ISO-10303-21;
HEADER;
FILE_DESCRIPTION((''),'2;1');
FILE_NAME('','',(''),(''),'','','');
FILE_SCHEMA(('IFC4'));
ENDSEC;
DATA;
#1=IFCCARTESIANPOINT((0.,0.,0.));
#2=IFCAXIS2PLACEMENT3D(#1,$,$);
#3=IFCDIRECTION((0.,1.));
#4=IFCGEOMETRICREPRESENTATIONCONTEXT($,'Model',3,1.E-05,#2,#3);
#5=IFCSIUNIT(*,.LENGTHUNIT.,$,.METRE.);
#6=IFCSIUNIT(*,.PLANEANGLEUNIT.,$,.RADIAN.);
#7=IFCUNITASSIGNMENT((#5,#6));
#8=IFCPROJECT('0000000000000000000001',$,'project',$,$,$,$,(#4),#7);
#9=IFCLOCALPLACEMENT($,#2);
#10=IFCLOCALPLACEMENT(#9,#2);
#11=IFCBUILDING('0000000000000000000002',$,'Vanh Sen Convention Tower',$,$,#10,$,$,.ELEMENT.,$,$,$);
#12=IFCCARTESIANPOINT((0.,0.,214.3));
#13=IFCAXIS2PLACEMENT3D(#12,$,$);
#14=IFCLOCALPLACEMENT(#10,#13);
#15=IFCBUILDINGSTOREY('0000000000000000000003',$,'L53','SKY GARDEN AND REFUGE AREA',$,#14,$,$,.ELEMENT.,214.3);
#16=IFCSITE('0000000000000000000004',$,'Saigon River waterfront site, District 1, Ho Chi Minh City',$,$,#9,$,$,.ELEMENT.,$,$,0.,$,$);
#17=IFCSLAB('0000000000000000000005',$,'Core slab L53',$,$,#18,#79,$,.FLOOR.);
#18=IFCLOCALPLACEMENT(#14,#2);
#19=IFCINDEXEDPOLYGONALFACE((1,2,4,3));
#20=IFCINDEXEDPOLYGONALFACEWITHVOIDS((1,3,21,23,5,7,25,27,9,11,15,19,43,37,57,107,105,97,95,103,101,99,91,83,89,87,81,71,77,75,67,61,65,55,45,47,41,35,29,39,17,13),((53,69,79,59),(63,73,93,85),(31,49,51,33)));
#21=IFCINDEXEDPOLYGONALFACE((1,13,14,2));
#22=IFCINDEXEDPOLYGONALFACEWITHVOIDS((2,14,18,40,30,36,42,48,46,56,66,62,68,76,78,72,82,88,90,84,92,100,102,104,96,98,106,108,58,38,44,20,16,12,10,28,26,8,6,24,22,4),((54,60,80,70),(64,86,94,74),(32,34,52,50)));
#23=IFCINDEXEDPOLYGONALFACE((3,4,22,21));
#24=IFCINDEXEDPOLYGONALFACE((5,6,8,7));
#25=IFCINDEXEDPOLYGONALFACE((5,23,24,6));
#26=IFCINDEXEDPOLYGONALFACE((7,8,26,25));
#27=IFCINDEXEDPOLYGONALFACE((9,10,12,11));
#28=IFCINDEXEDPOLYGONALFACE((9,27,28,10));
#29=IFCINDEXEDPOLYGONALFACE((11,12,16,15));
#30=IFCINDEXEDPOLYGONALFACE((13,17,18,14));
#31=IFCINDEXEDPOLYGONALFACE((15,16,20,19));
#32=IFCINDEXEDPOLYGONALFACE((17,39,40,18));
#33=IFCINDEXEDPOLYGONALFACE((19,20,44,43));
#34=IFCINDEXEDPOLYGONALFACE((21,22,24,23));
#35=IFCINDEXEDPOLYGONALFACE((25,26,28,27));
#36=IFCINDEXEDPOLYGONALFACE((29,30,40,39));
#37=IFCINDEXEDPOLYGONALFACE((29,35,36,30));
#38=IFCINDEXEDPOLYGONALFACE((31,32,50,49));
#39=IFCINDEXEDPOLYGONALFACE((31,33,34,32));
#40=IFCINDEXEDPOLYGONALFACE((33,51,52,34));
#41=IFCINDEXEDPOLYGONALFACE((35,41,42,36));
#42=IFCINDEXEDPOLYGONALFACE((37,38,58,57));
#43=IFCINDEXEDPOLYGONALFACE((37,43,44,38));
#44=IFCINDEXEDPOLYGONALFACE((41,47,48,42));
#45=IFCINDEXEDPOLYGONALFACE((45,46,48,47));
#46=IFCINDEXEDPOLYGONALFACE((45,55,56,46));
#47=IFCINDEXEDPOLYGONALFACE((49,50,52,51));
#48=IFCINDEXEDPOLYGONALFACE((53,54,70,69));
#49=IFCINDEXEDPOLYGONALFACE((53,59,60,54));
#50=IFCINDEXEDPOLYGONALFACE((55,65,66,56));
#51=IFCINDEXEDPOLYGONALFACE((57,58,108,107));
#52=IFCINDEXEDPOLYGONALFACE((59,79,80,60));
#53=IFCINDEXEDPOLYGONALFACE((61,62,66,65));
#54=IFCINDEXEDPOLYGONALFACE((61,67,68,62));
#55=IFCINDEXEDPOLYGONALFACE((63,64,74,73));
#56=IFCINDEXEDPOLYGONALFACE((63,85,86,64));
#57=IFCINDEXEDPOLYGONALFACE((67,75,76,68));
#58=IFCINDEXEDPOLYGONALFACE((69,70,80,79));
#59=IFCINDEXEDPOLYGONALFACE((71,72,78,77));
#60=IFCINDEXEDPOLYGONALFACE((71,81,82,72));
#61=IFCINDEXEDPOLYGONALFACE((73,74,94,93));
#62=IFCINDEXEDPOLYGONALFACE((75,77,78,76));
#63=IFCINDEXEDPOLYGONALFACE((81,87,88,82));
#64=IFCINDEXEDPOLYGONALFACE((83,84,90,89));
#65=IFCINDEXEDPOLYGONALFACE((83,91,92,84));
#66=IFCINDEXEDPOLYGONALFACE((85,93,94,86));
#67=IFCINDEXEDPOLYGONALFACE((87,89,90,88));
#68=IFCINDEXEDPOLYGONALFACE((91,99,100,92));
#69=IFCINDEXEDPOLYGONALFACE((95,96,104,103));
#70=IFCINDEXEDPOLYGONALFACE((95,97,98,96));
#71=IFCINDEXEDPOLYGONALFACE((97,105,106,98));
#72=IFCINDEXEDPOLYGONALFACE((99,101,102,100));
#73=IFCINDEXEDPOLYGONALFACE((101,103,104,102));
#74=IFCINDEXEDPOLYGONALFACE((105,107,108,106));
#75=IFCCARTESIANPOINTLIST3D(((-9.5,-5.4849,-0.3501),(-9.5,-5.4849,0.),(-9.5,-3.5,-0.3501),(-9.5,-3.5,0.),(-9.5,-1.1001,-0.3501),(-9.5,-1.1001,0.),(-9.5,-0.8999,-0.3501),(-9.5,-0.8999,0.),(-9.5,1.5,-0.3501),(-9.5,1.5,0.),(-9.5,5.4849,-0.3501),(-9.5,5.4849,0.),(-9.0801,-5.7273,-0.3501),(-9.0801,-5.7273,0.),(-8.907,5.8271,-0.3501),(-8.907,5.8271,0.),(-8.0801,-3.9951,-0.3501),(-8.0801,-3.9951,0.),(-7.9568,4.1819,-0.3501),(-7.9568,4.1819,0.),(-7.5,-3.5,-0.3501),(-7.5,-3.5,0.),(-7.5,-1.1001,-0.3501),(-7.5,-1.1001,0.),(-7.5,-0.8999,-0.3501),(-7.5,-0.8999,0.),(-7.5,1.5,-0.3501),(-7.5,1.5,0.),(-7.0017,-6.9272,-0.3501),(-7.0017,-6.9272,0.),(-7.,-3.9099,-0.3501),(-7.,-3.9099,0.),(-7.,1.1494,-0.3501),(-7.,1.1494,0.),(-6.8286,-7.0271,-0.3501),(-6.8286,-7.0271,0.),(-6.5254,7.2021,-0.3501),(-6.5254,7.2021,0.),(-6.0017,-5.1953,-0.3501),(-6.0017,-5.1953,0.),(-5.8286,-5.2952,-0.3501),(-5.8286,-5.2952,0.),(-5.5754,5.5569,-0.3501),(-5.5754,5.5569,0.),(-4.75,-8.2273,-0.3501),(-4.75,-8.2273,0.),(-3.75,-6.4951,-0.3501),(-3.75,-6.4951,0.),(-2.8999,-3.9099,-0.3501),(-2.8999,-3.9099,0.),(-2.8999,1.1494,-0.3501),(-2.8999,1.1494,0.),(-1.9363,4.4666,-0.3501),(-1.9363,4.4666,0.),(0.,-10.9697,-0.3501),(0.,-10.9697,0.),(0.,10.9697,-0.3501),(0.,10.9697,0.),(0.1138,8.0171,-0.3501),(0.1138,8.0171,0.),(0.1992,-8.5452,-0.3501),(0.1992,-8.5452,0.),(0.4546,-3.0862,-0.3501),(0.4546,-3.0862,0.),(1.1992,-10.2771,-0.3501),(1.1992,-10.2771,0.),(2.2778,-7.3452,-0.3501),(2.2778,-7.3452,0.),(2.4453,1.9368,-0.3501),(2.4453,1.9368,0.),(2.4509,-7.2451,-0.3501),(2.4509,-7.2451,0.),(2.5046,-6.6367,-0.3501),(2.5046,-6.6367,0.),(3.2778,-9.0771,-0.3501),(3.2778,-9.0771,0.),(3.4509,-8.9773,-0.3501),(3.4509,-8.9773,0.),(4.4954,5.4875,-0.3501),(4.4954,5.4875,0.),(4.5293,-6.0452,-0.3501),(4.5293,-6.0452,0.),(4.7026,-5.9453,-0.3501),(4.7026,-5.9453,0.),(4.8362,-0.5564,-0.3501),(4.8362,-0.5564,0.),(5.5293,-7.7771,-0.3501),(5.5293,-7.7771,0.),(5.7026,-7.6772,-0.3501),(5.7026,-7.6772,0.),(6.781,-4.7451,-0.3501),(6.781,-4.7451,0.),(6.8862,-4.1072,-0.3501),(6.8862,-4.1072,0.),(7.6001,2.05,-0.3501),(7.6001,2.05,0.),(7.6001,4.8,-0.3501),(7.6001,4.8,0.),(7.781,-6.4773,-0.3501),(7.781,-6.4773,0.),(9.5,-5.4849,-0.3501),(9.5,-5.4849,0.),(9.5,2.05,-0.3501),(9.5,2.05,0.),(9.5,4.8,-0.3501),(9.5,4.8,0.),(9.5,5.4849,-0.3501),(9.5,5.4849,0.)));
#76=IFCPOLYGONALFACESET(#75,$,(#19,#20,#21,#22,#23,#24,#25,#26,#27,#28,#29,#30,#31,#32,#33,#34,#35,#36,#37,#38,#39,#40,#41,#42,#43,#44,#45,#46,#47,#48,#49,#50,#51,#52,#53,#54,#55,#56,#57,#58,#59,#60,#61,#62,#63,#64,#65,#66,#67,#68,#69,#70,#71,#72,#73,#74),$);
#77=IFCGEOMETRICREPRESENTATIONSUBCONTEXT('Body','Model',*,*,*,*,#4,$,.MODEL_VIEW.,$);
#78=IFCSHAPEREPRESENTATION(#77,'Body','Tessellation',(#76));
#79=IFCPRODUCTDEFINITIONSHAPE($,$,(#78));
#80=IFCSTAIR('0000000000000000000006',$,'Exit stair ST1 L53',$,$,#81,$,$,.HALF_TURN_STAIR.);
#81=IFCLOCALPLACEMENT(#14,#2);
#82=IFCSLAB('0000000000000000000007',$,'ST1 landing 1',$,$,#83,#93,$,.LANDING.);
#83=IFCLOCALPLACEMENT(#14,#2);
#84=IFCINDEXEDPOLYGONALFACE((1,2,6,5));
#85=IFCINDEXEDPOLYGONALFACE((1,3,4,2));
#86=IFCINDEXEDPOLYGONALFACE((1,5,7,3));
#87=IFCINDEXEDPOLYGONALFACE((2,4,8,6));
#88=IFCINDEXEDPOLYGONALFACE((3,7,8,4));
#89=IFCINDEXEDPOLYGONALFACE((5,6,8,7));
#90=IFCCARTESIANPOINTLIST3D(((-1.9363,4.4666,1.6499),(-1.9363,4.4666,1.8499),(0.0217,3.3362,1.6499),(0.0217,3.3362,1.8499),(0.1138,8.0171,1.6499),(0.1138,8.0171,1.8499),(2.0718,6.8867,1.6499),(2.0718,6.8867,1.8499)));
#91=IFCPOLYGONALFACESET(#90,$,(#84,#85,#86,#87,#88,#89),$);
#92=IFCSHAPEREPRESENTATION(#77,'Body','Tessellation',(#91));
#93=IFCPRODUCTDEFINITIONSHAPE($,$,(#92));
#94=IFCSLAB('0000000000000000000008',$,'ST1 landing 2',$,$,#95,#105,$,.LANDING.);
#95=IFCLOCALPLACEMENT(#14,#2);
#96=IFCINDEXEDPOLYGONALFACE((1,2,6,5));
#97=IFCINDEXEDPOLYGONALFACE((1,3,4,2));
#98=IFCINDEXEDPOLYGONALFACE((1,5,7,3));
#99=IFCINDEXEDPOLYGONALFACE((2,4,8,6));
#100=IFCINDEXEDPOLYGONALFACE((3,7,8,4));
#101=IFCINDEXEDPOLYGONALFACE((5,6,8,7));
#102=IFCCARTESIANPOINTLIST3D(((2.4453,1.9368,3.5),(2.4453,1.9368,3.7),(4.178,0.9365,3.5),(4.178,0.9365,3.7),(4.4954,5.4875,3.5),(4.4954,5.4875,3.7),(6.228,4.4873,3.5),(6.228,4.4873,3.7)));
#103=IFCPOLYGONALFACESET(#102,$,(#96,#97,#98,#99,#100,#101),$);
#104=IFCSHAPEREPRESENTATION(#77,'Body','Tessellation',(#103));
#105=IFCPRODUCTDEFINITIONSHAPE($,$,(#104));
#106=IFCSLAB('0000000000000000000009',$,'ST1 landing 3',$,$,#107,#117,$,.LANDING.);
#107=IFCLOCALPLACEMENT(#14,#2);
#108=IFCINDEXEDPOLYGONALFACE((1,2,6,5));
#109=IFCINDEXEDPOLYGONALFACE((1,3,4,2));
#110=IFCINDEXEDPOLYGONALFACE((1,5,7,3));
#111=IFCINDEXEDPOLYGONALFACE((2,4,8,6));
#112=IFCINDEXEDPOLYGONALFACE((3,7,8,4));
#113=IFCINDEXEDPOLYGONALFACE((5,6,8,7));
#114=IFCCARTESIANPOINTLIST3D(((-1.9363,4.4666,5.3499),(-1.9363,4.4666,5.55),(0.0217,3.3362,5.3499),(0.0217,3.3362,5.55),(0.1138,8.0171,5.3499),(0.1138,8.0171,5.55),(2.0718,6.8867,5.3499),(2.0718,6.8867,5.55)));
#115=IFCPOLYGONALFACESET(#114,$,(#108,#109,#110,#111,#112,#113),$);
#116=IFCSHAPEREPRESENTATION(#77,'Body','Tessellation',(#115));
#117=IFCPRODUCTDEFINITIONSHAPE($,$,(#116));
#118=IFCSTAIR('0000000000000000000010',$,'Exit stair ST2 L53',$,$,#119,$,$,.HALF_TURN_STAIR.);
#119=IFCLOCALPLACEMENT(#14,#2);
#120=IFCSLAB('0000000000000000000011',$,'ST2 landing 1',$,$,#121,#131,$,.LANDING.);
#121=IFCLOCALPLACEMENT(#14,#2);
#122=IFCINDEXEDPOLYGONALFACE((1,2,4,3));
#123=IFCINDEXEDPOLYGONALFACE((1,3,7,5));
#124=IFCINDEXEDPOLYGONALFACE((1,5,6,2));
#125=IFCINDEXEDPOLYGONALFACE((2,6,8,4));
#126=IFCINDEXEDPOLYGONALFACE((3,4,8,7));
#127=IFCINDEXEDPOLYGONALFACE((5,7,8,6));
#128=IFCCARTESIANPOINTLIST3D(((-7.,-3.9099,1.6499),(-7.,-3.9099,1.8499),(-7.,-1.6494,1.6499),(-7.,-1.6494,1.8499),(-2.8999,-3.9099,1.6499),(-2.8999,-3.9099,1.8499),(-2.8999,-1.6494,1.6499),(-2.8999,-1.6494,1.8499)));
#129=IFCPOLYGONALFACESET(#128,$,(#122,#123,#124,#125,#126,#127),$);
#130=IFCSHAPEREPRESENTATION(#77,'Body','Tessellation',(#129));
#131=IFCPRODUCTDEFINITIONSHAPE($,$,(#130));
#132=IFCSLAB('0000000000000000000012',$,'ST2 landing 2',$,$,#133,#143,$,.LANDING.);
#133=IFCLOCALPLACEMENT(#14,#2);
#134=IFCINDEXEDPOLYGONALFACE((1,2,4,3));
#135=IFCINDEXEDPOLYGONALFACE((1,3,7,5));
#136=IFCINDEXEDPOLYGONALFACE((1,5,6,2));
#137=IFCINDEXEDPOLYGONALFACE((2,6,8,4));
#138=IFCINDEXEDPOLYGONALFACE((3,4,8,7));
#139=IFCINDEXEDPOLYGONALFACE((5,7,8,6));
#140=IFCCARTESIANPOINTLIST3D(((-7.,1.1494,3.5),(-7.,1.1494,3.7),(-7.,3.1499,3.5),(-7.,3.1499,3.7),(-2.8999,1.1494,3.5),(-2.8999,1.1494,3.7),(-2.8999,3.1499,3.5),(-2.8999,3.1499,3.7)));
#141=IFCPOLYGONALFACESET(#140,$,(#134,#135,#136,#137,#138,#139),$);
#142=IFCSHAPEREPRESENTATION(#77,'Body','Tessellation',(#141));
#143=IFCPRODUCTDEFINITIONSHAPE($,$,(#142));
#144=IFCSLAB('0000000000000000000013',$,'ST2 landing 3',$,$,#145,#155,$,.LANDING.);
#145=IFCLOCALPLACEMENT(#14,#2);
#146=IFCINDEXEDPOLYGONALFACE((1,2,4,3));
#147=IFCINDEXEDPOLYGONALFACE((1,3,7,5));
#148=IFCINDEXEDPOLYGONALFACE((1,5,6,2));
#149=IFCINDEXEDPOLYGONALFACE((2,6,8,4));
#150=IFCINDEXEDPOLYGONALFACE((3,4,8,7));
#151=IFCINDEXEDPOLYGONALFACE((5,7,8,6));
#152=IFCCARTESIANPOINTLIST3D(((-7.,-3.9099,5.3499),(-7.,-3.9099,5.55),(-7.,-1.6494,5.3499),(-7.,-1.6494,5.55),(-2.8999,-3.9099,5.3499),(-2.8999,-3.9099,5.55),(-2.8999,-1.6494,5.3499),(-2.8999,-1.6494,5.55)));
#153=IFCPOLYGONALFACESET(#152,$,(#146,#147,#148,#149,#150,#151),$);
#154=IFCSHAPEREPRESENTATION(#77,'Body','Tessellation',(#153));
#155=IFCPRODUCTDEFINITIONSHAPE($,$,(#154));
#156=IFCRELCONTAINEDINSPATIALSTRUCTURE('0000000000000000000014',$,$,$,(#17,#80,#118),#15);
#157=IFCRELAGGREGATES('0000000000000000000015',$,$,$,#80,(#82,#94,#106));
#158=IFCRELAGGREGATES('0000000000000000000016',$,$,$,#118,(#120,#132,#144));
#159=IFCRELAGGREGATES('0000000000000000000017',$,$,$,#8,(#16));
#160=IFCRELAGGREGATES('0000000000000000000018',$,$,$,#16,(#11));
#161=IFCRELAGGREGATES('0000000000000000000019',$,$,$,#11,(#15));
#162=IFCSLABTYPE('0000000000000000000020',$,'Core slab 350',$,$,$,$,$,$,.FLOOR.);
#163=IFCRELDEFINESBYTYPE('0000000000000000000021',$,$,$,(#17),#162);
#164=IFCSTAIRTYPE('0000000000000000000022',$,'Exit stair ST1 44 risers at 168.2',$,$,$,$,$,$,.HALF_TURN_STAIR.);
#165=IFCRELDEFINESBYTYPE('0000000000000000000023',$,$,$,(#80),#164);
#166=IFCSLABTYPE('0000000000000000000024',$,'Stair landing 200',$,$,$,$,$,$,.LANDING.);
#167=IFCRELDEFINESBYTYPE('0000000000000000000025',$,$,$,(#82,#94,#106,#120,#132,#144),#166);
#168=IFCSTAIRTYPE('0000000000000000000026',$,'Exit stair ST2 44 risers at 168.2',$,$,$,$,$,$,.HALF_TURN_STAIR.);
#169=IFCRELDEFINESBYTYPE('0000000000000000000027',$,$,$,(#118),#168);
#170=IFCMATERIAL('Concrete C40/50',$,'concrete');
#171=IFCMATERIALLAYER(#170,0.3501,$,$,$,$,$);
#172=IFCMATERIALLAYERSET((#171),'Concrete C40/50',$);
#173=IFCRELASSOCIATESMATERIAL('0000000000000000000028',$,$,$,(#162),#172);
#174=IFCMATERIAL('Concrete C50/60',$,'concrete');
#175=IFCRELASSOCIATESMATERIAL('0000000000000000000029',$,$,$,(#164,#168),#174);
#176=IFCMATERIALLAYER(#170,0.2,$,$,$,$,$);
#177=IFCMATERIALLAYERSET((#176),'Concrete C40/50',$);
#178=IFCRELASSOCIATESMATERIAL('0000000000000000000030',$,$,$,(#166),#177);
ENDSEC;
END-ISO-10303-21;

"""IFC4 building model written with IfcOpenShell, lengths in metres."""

from ifc_helpers import new_model, si_unit, direction, frame, origin, place, context, subcontext, project, spatial, polyline, outline, extrude, material, layer, layer_set, type_object, element, aggregate, save


model = new_model("IFC4")

# Units and contexts
model_context = context("Model", 3, precision=1e-05, world=origin(), true_north=direction((0.0, 1.0)))
body_context = subcontext(model_context, "Body", "Model", "MODEL_VIEW")
ifc_project = project(units=[si_unit("LENGTHUNIT", "METRE"), si_unit("PLANEANGLEUNIT", "RADIAN")], contexts=[model_context])

# Site, building, storey
site_placement = place(None, origin())
site = spatial("IfcSite", under=ifc_project, at=site_placement, Name="Saigon River waterfront site, District 1, Ho Chi Minh City", CompositionType="ELEMENT", RefElevation=0.0)
building_placement = place(site_placement, origin())
building = spatial("IfcBuilding", under=site, at=building_placement, Name="Vanh Sen Convention Tower", CompositionType="ELEMENT")
storey_placement = place(building_placement, frame((0.0, 0.0, 214.3)))
storey = spatial("IfcBuildingStorey", under=building, at=storey_placement, Name="L53", Description="SKY GARDEN AND REFUGE AREA", CompositionType="ELEMENT", Elevation=214.3)

# Slab
ifc_material_1 = material(Name="Concrete C40/50", Category="concrete")
ifc_layer_1 = layer(ifc_material_1, 0.3501)
ifc_layer_set_1 = layer_set([ifc_layer_1], Name="Concrete C40/50")
slab_type_1 = type_object("IfcSlabType", Name="Core slab 350", PredefinedType="FLOOR", material=ifc_layer_set_1)
slab_1_placement = place(storey_placement, frame((0.0, 0.0, -0.3501)))
element("IfcSlab", 1, at=slab_1_placement, inside=storey, type_object=slab_type_1, Name="Core slab L53", PredefinedType="FLOOR", context=body_context, shape_type="SweptSolid", body=[
    extrude(outline(polyline([(0.0, 10.9697), (9.5, 5.4849), (9.5, 4.8), (7.6001, 4.8), (7.6001, 2.05), (9.5, 2.05), (9.5, -5.4849), (7.781, -6.4773), (6.781, -4.7451), (4.7026, -5.9453), (5.7026, -7.6772), (5.5293, -7.7771), (4.5293, -6.0452), (2.4509, -7.2451), (3.4509, -8.9773), (3.2778, -9.0771), (2.2778, -7.3452), (0.1992, -8.5452), (1.1992, -10.2771), (0.0, -10.9697), (-4.75, -8.2273), (-3.75, -6.4951), (-5.8286, -5.2952), (-6.8286, -7.0271), (-7.0017, -6.9272), (-6.0017, -5.1953), (-8.0801, -3.9951), (-9.0801, -5.7273), (-9.5, -5.4849), (-9.5, -3.5), (-7.5, -3.5), (-7.5, -1.1001), (-9.5, -1.1001), (-9.5, -0.8999), (-7.5, -0.8999), (-7.5, 1.5), (-9.5, 1.5), (-9.5, 5.4849), (-8.907, 5.8271), (-7.9568, 4.1819), (-5.5754, 5.5569), (-6.5254, 7.2021), (0.0, 10.9697)]), holes=[polyline([(-7.0, 1.1494), (-7.0, -3.9099), (-2.8999, -3.9099), (-2.8999, 1.1494), (-7.0, 1.1494)]), polyline([(2.5046, -6.6367), (6.8862, -4.1072), (4.8362, -0.5564), (0.4546, -3.0862), (2.5046, -6.6367)]), polyline([(0.1138, 8.0171), (-1.9363, 4.4666), (2.4453, 1.9368), (4.4954, 5.4875), (0.1138, 8.0171)])]), origin(), (0.0, 0.0, 1.0), 0.3501),
])

# Stairs, slabs
ifc_material_2 = material(Name="Concrete C50/60", Category="concrete")
stair_type_1 = type_object("IfcStairType", Name="Exit stair ST1 44 risers at 168.2", PredefinedType="HALF_TURN_STAIR", material=ifc_material_2)
stair_1_placement = place(storey_placement, origin())
stair_1 = element("IfcStair", 2, at=stair_1_placement, inside=storey, type_object=stair_type_1, Name="Exit stair ST1 L53", PredefinedType="HALF_TURN_STAIR")
ifc_layer_2 = layer(ifc_material_1, 0.2)
ifc_layer_set_2 = layer_set([ifc_layer_2], Name="Concrete C40/50")
slab_type_2 = type_object("IfcSlabType", Name="Stair landing 200", PredefinedType="LANDING", material=ifc_layer_set_2)
slab_2_placement = place(storey_placement, frame((0.0, 0.0, 1.6499)))
slab_2 = element("IfcSlab", 3, at=slab_2_placement, type_object=slab_type_2, Name="ST1 landing 1", PredefinedType="LANDING", context=body_context, shape_type="SweptSolid", body=[
    extrude(outline(polyline([(2.0718, 6.8867), (0.1138, 8.0171), (-1.9363, 4.4666), (0.0217, 3.3362), (2.0718, 6.8867)])), origin(), (0.0, 0.0, 1.0), 0.2),
])
slab_3_placement = place(storey_placement, frame((0.0, 0.0, 3.5)))
slab_3 = element("IfcSlab", 4, at=slab_3_placement, type_object=slab_type_2, Name="ST1 landing 2", PredefinedType="LANDING", context=body_context, shape_type="SweptSolid", body=[
    extrude(outline(polyline([(6.228, 4.4873), (4.4954, 5.4875), (2.4453, 1.9368), (4.178, 0.9365), (6.228, 4.4873)])), origin(), (0.0, 0.0, 1.0), 0.2),
])
slab_4_placement = place(storey_placement, frame((0.0, 0.0, 5.3499)))
slab_4 = element("IfcSlab", 5, at=slab_4_placement, type_object=slab_type_2, Name="ST1 landing 3", PredefinedType="LANDING", context=body_context, shape_type="SweptSolid", body=[
    extrude(outline(polyline([(2.0718, 6.8867), (0.1138, 8.0171), (-1.9363, 4.4666), (0.0217, 3.3362), (2.0718, 6.8867)])), origin(), (0.0, 0.0, 1.0), 0.2002),
])
aggregate(stair_1, [slab_2, slab_3, slab_4])
stair_type_2 = type_object("IfcStairType", Name="Exit stair ST2 44 risers at 168.2", PredefinedType="HALF_TURN_STAIR", material=ifc_material_2)
stair_2_placement = place(storey_placement, origin())
stair_2 = element("IfcStair", 6, at=stair_2_placement, inside=storey, type_object=stair_type_2, Name="Exit stair ST2 L53", PredefinedType="HALF_TURN_STAIR")
slab_5_placement = place(storey_placement, frame((0.0, 0.0, 1.6499)))
slab_5 = element("IfcSlab", 7, at=slab_5_placement, type_object=slab_type_2, Name="ST2 landing 1", PredefinedType="LANDING", context=body_context, shape_type="SweptSolid", body=[
    extrude(outline(polyline([(-7.0, -1.6494), (-7.0, -3.9099), (-2.8999, -3.9099), (-2.8999, -1.6494), (-7.0, -1.6494)])), origin(), (0.0, 0.0, 1.0), 0.2),
])
slab_6_placement = place(storey_placement, frame((0.0, 0.0, 3.5)))
slab_6 = element("IfcSlab", 8, at=slab_6_placement, type_object=slab_type_2, Name="ST2 landing 2", PredefinedType="LANDING", context=body_context, shape_type="SweptSolid", body=[
    extrude(outline(polyline([(-7.0, 3.1499), (-7.0, 1.1494), (-2.8999, 1.1494), (-2.8999, 3.1499), (-7.0, 3.1499)])), origin(), (0.0, 0.0, 1.0), 0.2),
])
slab_7_placement = place(storey_placement, frame((0.0, 0.0, 5.3499)))
slab_7 = element("IfcSlab", 9, at=slab_7_placement, type_object=slab_type_2, Name="ST2 landing 3", PredefinedType="LANDING", context=body_context, shape_type="SweptSolid", body=[
    extrude(outline(polyline([(-7.0, -1.6494), (-7.0, -3.9099), (-2.8999, -3.9099), (-2.8999, -1.6494), (-7.0, -1.6494)])), origin(), (0.0, 0.0, 1.0), 0.2002),
])
aggregate(stair_2, [slab_5, slab_6, slab_7])

save(model, "model.ifc")
